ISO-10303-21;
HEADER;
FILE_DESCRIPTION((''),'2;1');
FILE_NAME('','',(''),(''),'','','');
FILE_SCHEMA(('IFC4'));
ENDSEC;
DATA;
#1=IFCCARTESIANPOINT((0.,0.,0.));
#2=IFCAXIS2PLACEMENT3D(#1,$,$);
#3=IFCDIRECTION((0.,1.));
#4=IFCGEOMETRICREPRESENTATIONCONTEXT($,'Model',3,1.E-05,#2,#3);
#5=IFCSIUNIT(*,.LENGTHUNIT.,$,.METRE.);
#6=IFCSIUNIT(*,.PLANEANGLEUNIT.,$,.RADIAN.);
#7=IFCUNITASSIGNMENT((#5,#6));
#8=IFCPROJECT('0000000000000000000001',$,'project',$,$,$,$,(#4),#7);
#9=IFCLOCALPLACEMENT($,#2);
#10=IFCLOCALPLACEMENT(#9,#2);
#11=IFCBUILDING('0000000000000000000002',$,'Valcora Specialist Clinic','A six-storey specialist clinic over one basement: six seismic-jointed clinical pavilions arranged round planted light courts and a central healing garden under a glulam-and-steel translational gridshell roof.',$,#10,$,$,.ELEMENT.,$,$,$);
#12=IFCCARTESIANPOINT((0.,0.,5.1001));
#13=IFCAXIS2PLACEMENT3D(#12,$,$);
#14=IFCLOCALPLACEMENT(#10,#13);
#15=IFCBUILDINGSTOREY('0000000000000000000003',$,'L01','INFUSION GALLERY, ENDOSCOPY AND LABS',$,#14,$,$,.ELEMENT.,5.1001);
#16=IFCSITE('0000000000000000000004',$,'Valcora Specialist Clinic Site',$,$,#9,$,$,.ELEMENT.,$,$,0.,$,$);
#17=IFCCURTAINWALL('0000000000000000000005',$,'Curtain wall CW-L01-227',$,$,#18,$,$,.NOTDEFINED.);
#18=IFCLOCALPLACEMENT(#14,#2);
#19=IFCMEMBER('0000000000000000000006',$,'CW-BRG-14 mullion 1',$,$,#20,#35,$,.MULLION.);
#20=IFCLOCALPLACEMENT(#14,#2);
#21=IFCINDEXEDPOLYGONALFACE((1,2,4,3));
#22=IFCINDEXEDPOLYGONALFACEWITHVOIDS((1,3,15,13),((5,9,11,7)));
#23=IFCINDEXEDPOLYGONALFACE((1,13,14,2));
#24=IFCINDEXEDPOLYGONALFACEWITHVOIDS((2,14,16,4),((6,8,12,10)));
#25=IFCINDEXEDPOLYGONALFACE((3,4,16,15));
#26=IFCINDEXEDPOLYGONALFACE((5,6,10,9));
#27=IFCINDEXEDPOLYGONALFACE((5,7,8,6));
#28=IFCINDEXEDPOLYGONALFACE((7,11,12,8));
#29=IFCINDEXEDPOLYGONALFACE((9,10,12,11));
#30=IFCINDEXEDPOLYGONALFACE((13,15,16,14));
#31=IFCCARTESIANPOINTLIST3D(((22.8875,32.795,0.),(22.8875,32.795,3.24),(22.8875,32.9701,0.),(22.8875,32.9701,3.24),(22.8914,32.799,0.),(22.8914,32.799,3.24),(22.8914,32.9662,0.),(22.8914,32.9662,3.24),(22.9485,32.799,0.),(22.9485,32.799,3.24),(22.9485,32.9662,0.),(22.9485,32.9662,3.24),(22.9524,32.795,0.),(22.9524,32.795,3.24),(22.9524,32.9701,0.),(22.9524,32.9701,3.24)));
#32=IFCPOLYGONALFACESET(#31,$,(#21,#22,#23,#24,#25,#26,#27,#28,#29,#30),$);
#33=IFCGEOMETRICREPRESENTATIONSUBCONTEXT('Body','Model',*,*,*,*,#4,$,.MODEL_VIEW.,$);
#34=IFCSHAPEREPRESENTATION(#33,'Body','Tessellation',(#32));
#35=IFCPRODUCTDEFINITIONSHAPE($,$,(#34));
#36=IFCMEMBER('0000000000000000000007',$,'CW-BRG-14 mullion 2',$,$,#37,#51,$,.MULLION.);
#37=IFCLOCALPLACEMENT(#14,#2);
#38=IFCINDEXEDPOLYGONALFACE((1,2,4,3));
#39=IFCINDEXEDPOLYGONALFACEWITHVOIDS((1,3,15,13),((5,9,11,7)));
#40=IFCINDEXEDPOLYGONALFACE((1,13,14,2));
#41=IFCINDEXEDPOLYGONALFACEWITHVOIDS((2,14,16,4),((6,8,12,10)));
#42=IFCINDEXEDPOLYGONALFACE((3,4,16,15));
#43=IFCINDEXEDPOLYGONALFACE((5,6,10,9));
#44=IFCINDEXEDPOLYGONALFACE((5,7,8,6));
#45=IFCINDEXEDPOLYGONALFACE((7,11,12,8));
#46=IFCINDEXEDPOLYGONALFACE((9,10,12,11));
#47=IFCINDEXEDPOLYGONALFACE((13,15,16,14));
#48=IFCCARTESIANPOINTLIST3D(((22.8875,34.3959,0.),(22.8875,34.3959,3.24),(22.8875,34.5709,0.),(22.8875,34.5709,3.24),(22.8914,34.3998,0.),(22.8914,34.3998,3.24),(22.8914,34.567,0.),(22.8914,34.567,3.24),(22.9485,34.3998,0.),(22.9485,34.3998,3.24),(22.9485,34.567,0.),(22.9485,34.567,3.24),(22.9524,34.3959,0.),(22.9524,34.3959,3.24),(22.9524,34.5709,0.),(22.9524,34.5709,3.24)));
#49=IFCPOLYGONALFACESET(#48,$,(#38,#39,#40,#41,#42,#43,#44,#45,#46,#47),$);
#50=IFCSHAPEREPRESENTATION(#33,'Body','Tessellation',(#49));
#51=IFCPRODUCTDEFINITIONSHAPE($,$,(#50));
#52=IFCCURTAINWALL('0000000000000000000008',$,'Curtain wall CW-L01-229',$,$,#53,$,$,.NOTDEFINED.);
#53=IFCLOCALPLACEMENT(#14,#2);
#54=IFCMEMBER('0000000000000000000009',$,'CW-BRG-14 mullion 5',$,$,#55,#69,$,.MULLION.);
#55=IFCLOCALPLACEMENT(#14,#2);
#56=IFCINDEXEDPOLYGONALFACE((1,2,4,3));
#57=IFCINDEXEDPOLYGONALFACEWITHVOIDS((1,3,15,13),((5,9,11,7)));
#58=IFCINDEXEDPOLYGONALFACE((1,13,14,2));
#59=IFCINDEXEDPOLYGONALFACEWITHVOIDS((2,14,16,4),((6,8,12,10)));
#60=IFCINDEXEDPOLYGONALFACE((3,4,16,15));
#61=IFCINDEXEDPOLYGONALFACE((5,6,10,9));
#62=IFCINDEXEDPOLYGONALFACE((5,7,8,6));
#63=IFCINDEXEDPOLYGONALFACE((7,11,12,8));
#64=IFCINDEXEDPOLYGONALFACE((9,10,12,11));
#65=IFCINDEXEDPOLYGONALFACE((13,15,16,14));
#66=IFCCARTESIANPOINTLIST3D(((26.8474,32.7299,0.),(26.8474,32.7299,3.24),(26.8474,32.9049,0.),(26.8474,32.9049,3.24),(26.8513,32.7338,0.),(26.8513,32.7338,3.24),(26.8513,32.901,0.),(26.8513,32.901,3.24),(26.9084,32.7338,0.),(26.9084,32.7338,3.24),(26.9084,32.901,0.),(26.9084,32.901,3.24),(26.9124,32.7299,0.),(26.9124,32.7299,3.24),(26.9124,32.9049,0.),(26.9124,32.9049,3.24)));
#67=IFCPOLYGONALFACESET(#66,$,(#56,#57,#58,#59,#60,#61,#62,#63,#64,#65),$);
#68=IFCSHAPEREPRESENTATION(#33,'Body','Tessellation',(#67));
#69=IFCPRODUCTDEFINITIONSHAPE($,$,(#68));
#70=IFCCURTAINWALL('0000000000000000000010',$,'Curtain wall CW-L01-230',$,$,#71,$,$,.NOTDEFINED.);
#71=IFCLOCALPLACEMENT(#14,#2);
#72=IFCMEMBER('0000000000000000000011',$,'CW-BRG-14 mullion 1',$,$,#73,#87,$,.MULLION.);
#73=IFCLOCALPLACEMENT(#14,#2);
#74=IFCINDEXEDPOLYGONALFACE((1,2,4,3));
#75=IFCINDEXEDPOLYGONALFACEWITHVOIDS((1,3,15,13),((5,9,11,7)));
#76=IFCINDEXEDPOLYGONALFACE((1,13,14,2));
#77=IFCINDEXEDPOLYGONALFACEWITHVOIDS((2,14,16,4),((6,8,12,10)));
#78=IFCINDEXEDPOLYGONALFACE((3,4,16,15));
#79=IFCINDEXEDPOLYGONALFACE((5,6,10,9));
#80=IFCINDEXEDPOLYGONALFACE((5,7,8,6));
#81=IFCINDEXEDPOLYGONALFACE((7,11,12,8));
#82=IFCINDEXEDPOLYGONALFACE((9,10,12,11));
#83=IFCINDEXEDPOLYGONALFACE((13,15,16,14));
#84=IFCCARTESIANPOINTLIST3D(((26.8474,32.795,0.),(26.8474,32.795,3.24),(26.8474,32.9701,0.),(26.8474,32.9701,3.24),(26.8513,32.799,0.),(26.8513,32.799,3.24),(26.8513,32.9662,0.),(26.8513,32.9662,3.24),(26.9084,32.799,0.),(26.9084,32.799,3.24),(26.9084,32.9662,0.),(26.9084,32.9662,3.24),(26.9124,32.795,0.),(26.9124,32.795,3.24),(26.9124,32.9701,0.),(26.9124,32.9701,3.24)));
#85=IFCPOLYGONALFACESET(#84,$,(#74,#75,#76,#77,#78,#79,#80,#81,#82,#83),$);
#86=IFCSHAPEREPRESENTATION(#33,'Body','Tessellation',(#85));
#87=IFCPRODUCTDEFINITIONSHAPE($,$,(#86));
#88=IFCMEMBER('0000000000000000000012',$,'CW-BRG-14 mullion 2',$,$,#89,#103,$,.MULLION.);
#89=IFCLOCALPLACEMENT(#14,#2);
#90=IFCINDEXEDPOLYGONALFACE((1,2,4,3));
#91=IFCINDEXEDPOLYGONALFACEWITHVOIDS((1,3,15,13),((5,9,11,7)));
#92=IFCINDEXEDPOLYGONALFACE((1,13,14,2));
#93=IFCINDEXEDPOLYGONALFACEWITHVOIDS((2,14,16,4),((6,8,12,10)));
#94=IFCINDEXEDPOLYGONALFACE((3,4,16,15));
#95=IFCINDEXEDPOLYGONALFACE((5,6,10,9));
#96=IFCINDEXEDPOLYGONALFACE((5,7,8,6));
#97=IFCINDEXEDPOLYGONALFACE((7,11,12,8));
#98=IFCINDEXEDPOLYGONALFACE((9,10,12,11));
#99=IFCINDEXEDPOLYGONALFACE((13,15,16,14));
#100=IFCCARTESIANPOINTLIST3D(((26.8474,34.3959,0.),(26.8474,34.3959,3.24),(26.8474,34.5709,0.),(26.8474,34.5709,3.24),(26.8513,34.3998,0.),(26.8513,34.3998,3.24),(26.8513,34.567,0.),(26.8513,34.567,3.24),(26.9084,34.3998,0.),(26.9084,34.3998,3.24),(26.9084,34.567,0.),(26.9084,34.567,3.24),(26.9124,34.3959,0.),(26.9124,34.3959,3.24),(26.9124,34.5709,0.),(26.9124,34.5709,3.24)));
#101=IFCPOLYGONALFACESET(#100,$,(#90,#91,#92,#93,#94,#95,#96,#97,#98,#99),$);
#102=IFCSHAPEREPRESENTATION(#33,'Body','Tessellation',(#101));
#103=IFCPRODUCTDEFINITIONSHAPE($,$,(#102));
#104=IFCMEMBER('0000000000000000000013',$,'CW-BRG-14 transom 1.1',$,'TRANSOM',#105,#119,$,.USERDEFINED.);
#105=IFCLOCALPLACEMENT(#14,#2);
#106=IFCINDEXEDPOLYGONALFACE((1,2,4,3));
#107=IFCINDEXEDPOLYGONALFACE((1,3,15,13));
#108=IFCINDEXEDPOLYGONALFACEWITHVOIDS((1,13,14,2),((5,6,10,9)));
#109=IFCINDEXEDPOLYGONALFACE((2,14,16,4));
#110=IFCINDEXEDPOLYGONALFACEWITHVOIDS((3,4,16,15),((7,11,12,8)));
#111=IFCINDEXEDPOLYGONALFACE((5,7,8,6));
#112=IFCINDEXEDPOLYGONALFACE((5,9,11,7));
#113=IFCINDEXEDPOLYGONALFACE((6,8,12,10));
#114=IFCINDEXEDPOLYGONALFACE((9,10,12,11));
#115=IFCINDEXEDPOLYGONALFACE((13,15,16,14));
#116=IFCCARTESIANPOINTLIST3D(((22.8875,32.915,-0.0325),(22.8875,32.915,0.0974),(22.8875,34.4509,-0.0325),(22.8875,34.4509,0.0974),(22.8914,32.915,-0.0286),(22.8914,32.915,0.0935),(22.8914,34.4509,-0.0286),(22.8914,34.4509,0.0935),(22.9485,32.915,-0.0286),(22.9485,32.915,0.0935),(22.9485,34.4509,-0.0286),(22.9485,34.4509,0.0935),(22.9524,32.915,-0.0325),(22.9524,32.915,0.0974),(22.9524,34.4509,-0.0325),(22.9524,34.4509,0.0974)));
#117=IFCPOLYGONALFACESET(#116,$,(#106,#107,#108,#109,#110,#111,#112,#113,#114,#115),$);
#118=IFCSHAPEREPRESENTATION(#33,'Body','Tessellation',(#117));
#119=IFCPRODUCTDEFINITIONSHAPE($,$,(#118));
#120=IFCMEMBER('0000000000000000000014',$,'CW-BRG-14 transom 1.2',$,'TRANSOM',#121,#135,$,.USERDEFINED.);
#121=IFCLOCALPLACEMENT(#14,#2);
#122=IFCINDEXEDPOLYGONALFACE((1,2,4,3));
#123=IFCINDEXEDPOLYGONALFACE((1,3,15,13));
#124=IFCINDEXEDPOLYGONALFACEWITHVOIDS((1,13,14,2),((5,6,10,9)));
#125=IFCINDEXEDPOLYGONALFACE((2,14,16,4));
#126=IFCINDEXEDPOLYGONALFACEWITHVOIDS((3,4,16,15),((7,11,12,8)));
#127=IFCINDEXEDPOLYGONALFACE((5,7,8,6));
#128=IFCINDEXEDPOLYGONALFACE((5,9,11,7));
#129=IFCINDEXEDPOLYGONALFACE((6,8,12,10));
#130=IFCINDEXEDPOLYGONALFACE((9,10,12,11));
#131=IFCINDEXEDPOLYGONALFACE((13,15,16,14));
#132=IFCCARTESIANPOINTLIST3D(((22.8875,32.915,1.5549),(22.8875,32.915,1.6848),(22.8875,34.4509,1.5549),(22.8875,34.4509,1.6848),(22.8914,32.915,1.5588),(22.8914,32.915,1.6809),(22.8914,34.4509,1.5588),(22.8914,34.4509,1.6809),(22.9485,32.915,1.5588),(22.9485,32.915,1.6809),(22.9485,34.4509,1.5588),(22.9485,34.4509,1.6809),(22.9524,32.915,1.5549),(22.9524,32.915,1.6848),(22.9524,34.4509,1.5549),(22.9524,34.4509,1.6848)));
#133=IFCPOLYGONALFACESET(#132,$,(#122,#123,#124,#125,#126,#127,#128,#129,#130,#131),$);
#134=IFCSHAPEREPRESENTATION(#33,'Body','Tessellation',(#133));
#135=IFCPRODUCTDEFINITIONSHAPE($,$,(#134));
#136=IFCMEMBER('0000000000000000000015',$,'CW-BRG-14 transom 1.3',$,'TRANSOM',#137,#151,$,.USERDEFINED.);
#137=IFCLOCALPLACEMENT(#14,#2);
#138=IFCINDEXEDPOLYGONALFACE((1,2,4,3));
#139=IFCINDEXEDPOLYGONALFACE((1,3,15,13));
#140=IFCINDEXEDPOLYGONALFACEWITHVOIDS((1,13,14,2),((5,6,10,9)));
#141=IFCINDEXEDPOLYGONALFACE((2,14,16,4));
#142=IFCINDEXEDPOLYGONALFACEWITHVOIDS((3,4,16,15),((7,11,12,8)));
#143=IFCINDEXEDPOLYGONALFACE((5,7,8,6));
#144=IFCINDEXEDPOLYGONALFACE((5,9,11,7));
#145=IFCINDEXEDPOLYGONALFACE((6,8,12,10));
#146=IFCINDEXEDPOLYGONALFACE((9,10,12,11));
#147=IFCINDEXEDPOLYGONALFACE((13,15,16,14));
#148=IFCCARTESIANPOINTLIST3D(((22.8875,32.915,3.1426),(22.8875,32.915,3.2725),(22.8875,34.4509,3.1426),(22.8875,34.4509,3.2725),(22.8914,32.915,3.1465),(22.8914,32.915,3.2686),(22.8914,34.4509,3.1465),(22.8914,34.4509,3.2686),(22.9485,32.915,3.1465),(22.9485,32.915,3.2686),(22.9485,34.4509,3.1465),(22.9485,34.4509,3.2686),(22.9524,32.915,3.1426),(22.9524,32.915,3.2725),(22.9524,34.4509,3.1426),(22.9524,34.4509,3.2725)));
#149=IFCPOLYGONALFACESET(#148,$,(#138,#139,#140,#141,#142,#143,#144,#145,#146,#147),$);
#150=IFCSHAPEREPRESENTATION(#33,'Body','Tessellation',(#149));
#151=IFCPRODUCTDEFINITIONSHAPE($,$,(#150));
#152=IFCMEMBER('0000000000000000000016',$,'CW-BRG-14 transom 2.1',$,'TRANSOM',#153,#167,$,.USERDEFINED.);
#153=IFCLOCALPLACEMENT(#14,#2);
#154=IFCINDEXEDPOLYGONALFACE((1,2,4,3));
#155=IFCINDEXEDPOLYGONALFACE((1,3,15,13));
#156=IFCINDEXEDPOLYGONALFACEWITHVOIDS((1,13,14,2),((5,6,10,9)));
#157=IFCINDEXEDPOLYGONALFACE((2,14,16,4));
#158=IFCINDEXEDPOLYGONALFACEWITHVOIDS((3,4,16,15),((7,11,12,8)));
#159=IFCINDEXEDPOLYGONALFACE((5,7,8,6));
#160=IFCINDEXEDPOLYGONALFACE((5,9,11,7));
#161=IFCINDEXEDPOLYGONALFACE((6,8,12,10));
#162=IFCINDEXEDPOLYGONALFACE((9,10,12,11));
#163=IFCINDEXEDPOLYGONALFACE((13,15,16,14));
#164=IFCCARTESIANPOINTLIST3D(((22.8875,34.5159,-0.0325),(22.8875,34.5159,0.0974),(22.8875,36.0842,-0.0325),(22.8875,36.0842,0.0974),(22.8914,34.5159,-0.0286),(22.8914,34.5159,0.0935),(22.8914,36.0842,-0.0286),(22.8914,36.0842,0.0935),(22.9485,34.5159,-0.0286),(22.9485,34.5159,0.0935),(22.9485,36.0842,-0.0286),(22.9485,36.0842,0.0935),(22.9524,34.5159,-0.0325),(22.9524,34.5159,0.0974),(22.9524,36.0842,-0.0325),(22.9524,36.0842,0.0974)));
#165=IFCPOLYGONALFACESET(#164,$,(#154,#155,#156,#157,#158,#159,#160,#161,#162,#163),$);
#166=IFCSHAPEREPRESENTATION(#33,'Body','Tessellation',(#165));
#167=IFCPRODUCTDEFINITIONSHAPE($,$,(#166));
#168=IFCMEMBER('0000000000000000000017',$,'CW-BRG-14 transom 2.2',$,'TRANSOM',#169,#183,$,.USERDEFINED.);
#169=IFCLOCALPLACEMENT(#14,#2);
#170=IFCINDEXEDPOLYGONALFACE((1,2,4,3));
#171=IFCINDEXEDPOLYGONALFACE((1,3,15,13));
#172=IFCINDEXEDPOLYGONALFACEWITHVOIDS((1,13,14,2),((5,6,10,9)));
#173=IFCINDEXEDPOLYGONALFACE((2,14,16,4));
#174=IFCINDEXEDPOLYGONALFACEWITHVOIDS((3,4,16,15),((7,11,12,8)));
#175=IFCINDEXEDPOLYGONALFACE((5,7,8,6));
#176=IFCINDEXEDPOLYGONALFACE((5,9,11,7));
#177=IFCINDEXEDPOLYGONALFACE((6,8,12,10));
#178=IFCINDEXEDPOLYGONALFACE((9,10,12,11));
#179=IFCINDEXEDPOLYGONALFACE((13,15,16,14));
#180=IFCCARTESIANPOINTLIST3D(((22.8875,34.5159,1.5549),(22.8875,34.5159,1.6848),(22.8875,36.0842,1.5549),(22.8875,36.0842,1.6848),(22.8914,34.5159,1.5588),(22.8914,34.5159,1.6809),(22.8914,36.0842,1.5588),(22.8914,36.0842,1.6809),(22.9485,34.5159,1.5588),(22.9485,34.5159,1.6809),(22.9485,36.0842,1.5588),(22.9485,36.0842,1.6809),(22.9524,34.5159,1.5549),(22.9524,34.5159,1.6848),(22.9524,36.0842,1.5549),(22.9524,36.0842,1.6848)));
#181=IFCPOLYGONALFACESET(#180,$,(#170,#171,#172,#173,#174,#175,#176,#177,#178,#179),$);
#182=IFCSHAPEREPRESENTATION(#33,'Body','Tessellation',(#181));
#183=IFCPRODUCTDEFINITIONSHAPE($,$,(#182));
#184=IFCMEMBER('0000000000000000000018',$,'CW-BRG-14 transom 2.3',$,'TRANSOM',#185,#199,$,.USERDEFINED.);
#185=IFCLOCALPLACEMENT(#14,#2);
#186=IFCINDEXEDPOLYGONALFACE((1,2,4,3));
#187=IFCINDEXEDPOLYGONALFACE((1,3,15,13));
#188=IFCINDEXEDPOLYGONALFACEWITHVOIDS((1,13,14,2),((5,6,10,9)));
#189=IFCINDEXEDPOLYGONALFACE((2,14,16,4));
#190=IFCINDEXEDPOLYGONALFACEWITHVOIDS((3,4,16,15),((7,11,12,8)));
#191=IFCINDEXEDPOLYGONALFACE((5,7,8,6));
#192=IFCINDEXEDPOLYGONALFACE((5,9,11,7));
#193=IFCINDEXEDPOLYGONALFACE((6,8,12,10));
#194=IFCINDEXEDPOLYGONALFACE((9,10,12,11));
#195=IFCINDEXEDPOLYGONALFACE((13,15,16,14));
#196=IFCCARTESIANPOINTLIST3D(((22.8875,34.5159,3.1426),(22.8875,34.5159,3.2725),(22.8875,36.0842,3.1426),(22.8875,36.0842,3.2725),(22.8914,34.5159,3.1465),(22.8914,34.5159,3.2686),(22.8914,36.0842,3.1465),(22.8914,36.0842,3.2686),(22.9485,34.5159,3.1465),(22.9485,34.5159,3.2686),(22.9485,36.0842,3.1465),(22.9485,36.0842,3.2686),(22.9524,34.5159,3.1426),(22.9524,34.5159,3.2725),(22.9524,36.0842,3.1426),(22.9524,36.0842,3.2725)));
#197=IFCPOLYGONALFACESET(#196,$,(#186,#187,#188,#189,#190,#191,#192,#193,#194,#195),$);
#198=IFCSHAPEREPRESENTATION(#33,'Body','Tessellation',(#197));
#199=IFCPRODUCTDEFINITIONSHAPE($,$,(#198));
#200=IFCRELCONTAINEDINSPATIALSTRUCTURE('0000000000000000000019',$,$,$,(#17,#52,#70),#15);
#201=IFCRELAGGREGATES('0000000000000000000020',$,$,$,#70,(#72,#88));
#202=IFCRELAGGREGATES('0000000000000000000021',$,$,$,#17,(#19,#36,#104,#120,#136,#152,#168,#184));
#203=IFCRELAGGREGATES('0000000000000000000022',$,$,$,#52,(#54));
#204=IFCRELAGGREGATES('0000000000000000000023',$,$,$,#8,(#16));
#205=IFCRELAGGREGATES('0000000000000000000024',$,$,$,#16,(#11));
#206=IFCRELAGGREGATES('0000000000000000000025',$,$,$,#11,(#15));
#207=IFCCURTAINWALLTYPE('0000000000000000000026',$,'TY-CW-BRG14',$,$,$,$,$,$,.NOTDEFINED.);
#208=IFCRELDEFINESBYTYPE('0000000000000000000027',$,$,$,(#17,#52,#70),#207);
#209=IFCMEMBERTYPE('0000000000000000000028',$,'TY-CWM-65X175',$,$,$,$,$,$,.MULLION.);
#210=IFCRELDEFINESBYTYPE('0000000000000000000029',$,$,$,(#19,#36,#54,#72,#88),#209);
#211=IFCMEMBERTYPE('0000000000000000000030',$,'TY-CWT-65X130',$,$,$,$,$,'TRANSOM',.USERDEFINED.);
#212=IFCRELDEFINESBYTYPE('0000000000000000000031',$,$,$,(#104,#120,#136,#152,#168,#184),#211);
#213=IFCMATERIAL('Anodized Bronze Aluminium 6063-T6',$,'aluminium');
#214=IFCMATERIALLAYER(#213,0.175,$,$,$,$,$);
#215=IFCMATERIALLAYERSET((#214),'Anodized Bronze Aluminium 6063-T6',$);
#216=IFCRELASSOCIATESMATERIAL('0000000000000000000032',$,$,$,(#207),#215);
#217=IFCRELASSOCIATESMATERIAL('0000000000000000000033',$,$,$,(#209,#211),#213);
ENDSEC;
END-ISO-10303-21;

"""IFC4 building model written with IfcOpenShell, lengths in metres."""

from ifc_helpers import new_model, si_unit, direction, frame, origin, origin_2d, place, context, subcontext, project, spatial, hollow_rectangle, extrude, material, layer, layer_set, material_profile, profile_set, type_object, element, aggregate, save


model = new_model("IFC4")

# Units and contexts
model_context = context("Model", 3, precision=1e-05, world=origin(), true_north=direction((0.0, 1.0)))
body_context = subcontext(model_context, "Body", "Model", "MODEL_VIEW")
ifc_project = project(units=[si_unit("LENGTHUNIT", "METRE"), si_unit("PLANEANGLEUNIT", "RADIAN")], contexts=[model_context])

# Site, building, storey
site_placement = place(None, origin())
site = spatial("IfcSite", under=ifc_project, at=site_placement, Name="Valcora Specialist Clinic Site", CompositionType="ELEMENT", RefElevation=0.0)
building_placement = place(site_placement, origin())
building = spatial("IfcBuilding", under=site, at=building_placement, Name="Valcora Specialist Clinic", Description="A six-storey specialist clinic over one basement: six seismic-jointed clinical pavilions arranged round planted light courts and a central healing garden under a glulam-and-steel translational gridshell roof.", CompositionType="ELEMENT")
storey_placement = place(building_placement, frame((0.0, 0.0, 5.1001)))
storey = spatial("IfcBuildingStorey", under=building, at=storey_placement, Name="L01", Description="INFUSION GALLERY, ENDOSCOPY AND LABS", CompositionType="ELEMENT", Elevation=5.1001)

# Curtain wall, members
ifc_material_1 = material(Name="Anodized Bronze Aluminium 6063-T6", Category="aluminium")
ifc_layer_1 = layer(ifc_material_1, 0.175)
ifc_layer_set_1 = layer_set([ifc_layer_1], Name="Anodized Bronze Aluminium 6063-T6")
curtain_wall_type = type_object("IfcCurtainWallType", Name="TY-CW-BRG14", PredefinedType="NOTDEFINED", material=ifc_layer_set_1)
curtain_wall_1_placement = place(storey_placement, origin())
curtain_wall_1 = element("IfcCurtainWall", 1, at=curtain_wall_1_placement, inside=storey, type_object=curtain_wall_type, Name="Curtain wall CW-L01-227", PredefinedType="NOTDEFINED")
ifc_material_profile_1 = material_profile(ifc_material_1, hollow_rectangle(XDim=0.0649, YDim=0.175, WallThickness=0.0039, at=origin_2d()), Name="AL-MUL-65X175")
ifc_profile_set_1 = profile_set([ifc_material_profile_1], Name="Anodized Bronze Aluminium 6063-T6")
member_type_1 = type_object("IfcMemberType", Name="TY-CWM-65X175", PredefinedType="MULLION", material=ifc_profile_set_1)
member_1_placement = place(storey_placement, frame((22.9199, 32.8826, 0.0), z_axis=(0.0, 0.0, 1.0), x_axis=(-1.0, 0.0, 0.0)))
member_1 = element("IfcMember", 2, at=member_1_placement, type_object=member_type_1, Name="CW-BRG-14 mullion 1", PredefinedType="MULLION", context=body_context, shape_type="SweptSolid", body=[
    extrude(hollow_rectangle(XDim=0.0649, YDim=0.175, WallThickness=0.0039, at=origin_2d()), origin(), (0.0, 0.0, 1.0), 3.24),
])
member_2_placement = place(storey_placement, frame((22.9199, 34.4834, 0.0), z_axis=(0.0, 0.0, 1.0), x_axis=(-1.0, 0.0, 0.0)))
member_2 = element("IfcMember", 3, at=member_2_placement, type_object=member_type_1, Name="CW-BRG-14 mullion 2", PredefinedType="MULLION", context=body_context, shape_type="SweptSolid", body=[
    extrude(hollow_rectangle(XDim=0.0649, YDim=0.175, WallThickness=0.0039, at=origin_2d()), origin(), (0.0, 0.0, 1.0), 3.24),
])

# Curtain wall, member
curtain_wall_2_placement = place(storey_placement, origin())
curtain_wall_2 = element("IfcCurtainWall", 4, at=curtain_wall_2_placement, inside=storey, type_object=curtain_wall_type, Name="Curtain wall CW-L01-229", PredefinedType="NOTDEFINED")
member_3_placement = place(storey_placement, frame((26.8799, 32.8174, 0.0), z_axis=(0.0, 0.0, 1.0), x_axis=(-1.0, 0.0, 0.0)))
member_3 = element("IfcMember", 5, at=member_3_placement, type_object=member_type_1, Name="CW-BRG-14 mullion 5", PredefinedType="MULLION", context=body_context, shape_type="SweptSolid", body=[
    extrude(hollow_rectangle(XDim=0.0649, YDim=0.175, WallThickness=0.0039, at=origin_2d()), origin(), (0.0, 0.0, 1.0), 3.24),
])

# Curtain wall, members
curtain_wall_3_placement = place(storey_placement, origin())
curtain_wall_3 = element("IfcCurtainWall", 6, at=curtain_wall_3_placement, inside=storey, type_object=curtain_wall_type, Name="Curtain wall CW-L01-230", PredefinedType="NOTDEFINED")
member_4_placement = place(storey_placement, frame((26.8799, 32.8826, 0.0), z_axis=(0.0, 0.0, 1.0), x_axis=(-1.0, 0.0, 0.0)))
member_4 = element("IfcMember", 7, at=member_4_placement, type_object=member_type_1, Name="CW-BRG-14 mullion 1", PredefinedType="MULLION", context=body_context, shape_type="SweptSolid", body=[
    extrude(hollow_rectangle(XDim=0.0649, YDim=0.175, WallThickness=0.0039, at=origin_2d()), origin(), (0.0, 0.0, 1.0), 3.24),
])
member_5_placement = place(storey_placement, frame((26.8799, 34.4834, 0.0), z_axis=(0.0, 0.0, 1.0), x_axis=(-1.0, 0.0, 0.0)))
member_5 = element("IfcMember", 8, at=member_5_placement, type_object=member_type_1, Name="CW-BRG-14 mullion 2", PredefinedType="MULLION", context=body_context, shape_type="SweptSolid", body=[
    extrude(hollow_rectangle(XDim=0.0649, YDim=0.175, WallThickness=0.0039, at=origin_2d()), origin(), (0.0, 0.0, 1.0), 3.24),
])

# Members
ifc_material_profile_2 = material_profile(ifc_material_1, hollow_rectangle(XDim=0.0649, YDim=0.1299, WallThickness=0.0039, at=origin_2d()), Name="AL-TRN-65X130")
ifc_profile_set_2 = profile_set([ifc_material_profile_2], Name="Anodized Bronze Aluminium 6063-T6")
member_type_2 = type_object("IfcMemberType", Name="TY-CWT-65X130", ElementType="TRANSOM", PredefinedType="USERDEFINED", material=ifc_profile_set_2)
member_6_placement = place(storey_placement, frame((22.9199, 32.915, 0.0325), z_axis=(0.0, 1.0, 0.0), x_axis=(-1.0, 0.0, 0.0)))
member_6 = element("IfcMember", 9, at=member_6_placement, type_object=member_type_2, Name="CW-BRG-14 transom 1.1", ObjectType="TRANSOM", PredefinedType="USERDEFINED", context=body_context, shape_type="SweptSolid", body=[
    extrude(hollow_rectangle(XDim=0.0649, YDim=0.1299, WallThickness=0.0039, at=origin_2d()), origin(), (0.0, 0.0, 1.0), 1.5359),
])
member_7_placement = place(storey_placement, frame((22.9199, 32.915, 1.6199), z_axis=(0.0, 1.0, 0.0), x_axis=(-1.0, 0.0, 0.0)))
member_7 = element("IfcMember", 10, at=member_7_placement, type_object=member_type_2, Name="CW-BRG-14 transom 1.2", ObjectType="TRANSOM", PredefinedType="USERDEFINED", context=body_context, shape_type="SweptSolid", body=[
    extrude(hollow_rectangle(XDim=0.0649, YDim=0.1299, WallThickness=0.0039, at=origin_2d()), origin(), (0.0, 0.0, 1.0), 1.5359),
])
member_8_placement = place(storey_placement, frame((22.9199, 32.915, 3.2075), z_axis=(0.0, 1.0, 0.0), x_axis=(-1.0, 0.0, 0.0)))
member_8 = element("IfcMember", 11, at=member_8_placement, type_object=member_type_2, Name="CW-BRG-14 transom 1.3", ObjectType="TRANSOM", PredefinedType="USERDEFINED", context=body_context, shape_type="SweptSolid", body=[
    extrude(hollow_rectangle(XDim=0.0649, YDim=0.1299, WallThickness=0.0039, at=origin_2d()), origin(), (0.0, 0.0, 1.0), 1.5359),
])
member_9_placement = place(storey_placement, frame((22.9199, 34.5159, 0.0325), z_axis=(0.0, 1.0, 0.0), x_axis=(-1.0, 0.0, 0.0)))
member_9 = element("IfcMember", 12, at=member_9_placement, type_object=member_type_2, Name="CW-BRG-14 transom 2.1", ObjectType="TRANSOM", PredefinedType="USERDEFINED", context=body_context, shape_type="SweptSolid", body=[
    extrude(hollow_rectangle(XDim=0.0649, YDim=0.1299, WallThickness=0.0039, at=origin_2d()), origin(), (0.0, 0.0, 1.0), 1.5684),
])
member_10_placement = place(storey_placement, frame((22.9199, 34.5159, 1.6199), z_axis=(0.0, 1.0, 0.0), x_axis=(-1.0, 0.0, 0.0)))
member_10 = element("IfcMember", 13, at=member_10_placement, type_object=member_type_2, Name="CW-BRG-14 transom 2.2", ObjectType="TRANSOM", PredefinedType="USERDEFINED", context=body_context, shape_type="SweptSolid", body=[
    extrude(hollow_rectangle(XDim=0.0649, YDim=0.1299, WallThickness=0.0039, at=origin_2d()), origin(), (0.0, 0.0, 1.0), 1.5684),
])
member_11_placement = place(storey_placement, frame((22.9199, 34.5159, 3.2075), z_axis=(0.0, 1.0, 0.0), x_axis=(-1.0, 0.0, 0.0)))
member_11 = element("IfcMember", 14, at=member_11_placement, type_object=member_type_2, Name="CW-BRG-14 transom 2.3", ObjectType="TRANSOM", PredefinedType="USERDEFINED", context=body_context, shape_type="SweptSolid", body=[
    extrude(hollow_rectangle(XDim=0.0649, YDim=0.1299, WallThickness=0.0039, at=origin_2d()), origin(), (0.0, 0.0, 1.0), 1.5684),
])

aggregate(curtain_wall_3, [member_4, member_5])
aggregate(curtain_wall_1, [member_1, member_2, member_6, member_7, member_8, member_9, member_10, member_11])
aggregate(curtain_wall_2, [member_3])

save(model, "model.ifc")
